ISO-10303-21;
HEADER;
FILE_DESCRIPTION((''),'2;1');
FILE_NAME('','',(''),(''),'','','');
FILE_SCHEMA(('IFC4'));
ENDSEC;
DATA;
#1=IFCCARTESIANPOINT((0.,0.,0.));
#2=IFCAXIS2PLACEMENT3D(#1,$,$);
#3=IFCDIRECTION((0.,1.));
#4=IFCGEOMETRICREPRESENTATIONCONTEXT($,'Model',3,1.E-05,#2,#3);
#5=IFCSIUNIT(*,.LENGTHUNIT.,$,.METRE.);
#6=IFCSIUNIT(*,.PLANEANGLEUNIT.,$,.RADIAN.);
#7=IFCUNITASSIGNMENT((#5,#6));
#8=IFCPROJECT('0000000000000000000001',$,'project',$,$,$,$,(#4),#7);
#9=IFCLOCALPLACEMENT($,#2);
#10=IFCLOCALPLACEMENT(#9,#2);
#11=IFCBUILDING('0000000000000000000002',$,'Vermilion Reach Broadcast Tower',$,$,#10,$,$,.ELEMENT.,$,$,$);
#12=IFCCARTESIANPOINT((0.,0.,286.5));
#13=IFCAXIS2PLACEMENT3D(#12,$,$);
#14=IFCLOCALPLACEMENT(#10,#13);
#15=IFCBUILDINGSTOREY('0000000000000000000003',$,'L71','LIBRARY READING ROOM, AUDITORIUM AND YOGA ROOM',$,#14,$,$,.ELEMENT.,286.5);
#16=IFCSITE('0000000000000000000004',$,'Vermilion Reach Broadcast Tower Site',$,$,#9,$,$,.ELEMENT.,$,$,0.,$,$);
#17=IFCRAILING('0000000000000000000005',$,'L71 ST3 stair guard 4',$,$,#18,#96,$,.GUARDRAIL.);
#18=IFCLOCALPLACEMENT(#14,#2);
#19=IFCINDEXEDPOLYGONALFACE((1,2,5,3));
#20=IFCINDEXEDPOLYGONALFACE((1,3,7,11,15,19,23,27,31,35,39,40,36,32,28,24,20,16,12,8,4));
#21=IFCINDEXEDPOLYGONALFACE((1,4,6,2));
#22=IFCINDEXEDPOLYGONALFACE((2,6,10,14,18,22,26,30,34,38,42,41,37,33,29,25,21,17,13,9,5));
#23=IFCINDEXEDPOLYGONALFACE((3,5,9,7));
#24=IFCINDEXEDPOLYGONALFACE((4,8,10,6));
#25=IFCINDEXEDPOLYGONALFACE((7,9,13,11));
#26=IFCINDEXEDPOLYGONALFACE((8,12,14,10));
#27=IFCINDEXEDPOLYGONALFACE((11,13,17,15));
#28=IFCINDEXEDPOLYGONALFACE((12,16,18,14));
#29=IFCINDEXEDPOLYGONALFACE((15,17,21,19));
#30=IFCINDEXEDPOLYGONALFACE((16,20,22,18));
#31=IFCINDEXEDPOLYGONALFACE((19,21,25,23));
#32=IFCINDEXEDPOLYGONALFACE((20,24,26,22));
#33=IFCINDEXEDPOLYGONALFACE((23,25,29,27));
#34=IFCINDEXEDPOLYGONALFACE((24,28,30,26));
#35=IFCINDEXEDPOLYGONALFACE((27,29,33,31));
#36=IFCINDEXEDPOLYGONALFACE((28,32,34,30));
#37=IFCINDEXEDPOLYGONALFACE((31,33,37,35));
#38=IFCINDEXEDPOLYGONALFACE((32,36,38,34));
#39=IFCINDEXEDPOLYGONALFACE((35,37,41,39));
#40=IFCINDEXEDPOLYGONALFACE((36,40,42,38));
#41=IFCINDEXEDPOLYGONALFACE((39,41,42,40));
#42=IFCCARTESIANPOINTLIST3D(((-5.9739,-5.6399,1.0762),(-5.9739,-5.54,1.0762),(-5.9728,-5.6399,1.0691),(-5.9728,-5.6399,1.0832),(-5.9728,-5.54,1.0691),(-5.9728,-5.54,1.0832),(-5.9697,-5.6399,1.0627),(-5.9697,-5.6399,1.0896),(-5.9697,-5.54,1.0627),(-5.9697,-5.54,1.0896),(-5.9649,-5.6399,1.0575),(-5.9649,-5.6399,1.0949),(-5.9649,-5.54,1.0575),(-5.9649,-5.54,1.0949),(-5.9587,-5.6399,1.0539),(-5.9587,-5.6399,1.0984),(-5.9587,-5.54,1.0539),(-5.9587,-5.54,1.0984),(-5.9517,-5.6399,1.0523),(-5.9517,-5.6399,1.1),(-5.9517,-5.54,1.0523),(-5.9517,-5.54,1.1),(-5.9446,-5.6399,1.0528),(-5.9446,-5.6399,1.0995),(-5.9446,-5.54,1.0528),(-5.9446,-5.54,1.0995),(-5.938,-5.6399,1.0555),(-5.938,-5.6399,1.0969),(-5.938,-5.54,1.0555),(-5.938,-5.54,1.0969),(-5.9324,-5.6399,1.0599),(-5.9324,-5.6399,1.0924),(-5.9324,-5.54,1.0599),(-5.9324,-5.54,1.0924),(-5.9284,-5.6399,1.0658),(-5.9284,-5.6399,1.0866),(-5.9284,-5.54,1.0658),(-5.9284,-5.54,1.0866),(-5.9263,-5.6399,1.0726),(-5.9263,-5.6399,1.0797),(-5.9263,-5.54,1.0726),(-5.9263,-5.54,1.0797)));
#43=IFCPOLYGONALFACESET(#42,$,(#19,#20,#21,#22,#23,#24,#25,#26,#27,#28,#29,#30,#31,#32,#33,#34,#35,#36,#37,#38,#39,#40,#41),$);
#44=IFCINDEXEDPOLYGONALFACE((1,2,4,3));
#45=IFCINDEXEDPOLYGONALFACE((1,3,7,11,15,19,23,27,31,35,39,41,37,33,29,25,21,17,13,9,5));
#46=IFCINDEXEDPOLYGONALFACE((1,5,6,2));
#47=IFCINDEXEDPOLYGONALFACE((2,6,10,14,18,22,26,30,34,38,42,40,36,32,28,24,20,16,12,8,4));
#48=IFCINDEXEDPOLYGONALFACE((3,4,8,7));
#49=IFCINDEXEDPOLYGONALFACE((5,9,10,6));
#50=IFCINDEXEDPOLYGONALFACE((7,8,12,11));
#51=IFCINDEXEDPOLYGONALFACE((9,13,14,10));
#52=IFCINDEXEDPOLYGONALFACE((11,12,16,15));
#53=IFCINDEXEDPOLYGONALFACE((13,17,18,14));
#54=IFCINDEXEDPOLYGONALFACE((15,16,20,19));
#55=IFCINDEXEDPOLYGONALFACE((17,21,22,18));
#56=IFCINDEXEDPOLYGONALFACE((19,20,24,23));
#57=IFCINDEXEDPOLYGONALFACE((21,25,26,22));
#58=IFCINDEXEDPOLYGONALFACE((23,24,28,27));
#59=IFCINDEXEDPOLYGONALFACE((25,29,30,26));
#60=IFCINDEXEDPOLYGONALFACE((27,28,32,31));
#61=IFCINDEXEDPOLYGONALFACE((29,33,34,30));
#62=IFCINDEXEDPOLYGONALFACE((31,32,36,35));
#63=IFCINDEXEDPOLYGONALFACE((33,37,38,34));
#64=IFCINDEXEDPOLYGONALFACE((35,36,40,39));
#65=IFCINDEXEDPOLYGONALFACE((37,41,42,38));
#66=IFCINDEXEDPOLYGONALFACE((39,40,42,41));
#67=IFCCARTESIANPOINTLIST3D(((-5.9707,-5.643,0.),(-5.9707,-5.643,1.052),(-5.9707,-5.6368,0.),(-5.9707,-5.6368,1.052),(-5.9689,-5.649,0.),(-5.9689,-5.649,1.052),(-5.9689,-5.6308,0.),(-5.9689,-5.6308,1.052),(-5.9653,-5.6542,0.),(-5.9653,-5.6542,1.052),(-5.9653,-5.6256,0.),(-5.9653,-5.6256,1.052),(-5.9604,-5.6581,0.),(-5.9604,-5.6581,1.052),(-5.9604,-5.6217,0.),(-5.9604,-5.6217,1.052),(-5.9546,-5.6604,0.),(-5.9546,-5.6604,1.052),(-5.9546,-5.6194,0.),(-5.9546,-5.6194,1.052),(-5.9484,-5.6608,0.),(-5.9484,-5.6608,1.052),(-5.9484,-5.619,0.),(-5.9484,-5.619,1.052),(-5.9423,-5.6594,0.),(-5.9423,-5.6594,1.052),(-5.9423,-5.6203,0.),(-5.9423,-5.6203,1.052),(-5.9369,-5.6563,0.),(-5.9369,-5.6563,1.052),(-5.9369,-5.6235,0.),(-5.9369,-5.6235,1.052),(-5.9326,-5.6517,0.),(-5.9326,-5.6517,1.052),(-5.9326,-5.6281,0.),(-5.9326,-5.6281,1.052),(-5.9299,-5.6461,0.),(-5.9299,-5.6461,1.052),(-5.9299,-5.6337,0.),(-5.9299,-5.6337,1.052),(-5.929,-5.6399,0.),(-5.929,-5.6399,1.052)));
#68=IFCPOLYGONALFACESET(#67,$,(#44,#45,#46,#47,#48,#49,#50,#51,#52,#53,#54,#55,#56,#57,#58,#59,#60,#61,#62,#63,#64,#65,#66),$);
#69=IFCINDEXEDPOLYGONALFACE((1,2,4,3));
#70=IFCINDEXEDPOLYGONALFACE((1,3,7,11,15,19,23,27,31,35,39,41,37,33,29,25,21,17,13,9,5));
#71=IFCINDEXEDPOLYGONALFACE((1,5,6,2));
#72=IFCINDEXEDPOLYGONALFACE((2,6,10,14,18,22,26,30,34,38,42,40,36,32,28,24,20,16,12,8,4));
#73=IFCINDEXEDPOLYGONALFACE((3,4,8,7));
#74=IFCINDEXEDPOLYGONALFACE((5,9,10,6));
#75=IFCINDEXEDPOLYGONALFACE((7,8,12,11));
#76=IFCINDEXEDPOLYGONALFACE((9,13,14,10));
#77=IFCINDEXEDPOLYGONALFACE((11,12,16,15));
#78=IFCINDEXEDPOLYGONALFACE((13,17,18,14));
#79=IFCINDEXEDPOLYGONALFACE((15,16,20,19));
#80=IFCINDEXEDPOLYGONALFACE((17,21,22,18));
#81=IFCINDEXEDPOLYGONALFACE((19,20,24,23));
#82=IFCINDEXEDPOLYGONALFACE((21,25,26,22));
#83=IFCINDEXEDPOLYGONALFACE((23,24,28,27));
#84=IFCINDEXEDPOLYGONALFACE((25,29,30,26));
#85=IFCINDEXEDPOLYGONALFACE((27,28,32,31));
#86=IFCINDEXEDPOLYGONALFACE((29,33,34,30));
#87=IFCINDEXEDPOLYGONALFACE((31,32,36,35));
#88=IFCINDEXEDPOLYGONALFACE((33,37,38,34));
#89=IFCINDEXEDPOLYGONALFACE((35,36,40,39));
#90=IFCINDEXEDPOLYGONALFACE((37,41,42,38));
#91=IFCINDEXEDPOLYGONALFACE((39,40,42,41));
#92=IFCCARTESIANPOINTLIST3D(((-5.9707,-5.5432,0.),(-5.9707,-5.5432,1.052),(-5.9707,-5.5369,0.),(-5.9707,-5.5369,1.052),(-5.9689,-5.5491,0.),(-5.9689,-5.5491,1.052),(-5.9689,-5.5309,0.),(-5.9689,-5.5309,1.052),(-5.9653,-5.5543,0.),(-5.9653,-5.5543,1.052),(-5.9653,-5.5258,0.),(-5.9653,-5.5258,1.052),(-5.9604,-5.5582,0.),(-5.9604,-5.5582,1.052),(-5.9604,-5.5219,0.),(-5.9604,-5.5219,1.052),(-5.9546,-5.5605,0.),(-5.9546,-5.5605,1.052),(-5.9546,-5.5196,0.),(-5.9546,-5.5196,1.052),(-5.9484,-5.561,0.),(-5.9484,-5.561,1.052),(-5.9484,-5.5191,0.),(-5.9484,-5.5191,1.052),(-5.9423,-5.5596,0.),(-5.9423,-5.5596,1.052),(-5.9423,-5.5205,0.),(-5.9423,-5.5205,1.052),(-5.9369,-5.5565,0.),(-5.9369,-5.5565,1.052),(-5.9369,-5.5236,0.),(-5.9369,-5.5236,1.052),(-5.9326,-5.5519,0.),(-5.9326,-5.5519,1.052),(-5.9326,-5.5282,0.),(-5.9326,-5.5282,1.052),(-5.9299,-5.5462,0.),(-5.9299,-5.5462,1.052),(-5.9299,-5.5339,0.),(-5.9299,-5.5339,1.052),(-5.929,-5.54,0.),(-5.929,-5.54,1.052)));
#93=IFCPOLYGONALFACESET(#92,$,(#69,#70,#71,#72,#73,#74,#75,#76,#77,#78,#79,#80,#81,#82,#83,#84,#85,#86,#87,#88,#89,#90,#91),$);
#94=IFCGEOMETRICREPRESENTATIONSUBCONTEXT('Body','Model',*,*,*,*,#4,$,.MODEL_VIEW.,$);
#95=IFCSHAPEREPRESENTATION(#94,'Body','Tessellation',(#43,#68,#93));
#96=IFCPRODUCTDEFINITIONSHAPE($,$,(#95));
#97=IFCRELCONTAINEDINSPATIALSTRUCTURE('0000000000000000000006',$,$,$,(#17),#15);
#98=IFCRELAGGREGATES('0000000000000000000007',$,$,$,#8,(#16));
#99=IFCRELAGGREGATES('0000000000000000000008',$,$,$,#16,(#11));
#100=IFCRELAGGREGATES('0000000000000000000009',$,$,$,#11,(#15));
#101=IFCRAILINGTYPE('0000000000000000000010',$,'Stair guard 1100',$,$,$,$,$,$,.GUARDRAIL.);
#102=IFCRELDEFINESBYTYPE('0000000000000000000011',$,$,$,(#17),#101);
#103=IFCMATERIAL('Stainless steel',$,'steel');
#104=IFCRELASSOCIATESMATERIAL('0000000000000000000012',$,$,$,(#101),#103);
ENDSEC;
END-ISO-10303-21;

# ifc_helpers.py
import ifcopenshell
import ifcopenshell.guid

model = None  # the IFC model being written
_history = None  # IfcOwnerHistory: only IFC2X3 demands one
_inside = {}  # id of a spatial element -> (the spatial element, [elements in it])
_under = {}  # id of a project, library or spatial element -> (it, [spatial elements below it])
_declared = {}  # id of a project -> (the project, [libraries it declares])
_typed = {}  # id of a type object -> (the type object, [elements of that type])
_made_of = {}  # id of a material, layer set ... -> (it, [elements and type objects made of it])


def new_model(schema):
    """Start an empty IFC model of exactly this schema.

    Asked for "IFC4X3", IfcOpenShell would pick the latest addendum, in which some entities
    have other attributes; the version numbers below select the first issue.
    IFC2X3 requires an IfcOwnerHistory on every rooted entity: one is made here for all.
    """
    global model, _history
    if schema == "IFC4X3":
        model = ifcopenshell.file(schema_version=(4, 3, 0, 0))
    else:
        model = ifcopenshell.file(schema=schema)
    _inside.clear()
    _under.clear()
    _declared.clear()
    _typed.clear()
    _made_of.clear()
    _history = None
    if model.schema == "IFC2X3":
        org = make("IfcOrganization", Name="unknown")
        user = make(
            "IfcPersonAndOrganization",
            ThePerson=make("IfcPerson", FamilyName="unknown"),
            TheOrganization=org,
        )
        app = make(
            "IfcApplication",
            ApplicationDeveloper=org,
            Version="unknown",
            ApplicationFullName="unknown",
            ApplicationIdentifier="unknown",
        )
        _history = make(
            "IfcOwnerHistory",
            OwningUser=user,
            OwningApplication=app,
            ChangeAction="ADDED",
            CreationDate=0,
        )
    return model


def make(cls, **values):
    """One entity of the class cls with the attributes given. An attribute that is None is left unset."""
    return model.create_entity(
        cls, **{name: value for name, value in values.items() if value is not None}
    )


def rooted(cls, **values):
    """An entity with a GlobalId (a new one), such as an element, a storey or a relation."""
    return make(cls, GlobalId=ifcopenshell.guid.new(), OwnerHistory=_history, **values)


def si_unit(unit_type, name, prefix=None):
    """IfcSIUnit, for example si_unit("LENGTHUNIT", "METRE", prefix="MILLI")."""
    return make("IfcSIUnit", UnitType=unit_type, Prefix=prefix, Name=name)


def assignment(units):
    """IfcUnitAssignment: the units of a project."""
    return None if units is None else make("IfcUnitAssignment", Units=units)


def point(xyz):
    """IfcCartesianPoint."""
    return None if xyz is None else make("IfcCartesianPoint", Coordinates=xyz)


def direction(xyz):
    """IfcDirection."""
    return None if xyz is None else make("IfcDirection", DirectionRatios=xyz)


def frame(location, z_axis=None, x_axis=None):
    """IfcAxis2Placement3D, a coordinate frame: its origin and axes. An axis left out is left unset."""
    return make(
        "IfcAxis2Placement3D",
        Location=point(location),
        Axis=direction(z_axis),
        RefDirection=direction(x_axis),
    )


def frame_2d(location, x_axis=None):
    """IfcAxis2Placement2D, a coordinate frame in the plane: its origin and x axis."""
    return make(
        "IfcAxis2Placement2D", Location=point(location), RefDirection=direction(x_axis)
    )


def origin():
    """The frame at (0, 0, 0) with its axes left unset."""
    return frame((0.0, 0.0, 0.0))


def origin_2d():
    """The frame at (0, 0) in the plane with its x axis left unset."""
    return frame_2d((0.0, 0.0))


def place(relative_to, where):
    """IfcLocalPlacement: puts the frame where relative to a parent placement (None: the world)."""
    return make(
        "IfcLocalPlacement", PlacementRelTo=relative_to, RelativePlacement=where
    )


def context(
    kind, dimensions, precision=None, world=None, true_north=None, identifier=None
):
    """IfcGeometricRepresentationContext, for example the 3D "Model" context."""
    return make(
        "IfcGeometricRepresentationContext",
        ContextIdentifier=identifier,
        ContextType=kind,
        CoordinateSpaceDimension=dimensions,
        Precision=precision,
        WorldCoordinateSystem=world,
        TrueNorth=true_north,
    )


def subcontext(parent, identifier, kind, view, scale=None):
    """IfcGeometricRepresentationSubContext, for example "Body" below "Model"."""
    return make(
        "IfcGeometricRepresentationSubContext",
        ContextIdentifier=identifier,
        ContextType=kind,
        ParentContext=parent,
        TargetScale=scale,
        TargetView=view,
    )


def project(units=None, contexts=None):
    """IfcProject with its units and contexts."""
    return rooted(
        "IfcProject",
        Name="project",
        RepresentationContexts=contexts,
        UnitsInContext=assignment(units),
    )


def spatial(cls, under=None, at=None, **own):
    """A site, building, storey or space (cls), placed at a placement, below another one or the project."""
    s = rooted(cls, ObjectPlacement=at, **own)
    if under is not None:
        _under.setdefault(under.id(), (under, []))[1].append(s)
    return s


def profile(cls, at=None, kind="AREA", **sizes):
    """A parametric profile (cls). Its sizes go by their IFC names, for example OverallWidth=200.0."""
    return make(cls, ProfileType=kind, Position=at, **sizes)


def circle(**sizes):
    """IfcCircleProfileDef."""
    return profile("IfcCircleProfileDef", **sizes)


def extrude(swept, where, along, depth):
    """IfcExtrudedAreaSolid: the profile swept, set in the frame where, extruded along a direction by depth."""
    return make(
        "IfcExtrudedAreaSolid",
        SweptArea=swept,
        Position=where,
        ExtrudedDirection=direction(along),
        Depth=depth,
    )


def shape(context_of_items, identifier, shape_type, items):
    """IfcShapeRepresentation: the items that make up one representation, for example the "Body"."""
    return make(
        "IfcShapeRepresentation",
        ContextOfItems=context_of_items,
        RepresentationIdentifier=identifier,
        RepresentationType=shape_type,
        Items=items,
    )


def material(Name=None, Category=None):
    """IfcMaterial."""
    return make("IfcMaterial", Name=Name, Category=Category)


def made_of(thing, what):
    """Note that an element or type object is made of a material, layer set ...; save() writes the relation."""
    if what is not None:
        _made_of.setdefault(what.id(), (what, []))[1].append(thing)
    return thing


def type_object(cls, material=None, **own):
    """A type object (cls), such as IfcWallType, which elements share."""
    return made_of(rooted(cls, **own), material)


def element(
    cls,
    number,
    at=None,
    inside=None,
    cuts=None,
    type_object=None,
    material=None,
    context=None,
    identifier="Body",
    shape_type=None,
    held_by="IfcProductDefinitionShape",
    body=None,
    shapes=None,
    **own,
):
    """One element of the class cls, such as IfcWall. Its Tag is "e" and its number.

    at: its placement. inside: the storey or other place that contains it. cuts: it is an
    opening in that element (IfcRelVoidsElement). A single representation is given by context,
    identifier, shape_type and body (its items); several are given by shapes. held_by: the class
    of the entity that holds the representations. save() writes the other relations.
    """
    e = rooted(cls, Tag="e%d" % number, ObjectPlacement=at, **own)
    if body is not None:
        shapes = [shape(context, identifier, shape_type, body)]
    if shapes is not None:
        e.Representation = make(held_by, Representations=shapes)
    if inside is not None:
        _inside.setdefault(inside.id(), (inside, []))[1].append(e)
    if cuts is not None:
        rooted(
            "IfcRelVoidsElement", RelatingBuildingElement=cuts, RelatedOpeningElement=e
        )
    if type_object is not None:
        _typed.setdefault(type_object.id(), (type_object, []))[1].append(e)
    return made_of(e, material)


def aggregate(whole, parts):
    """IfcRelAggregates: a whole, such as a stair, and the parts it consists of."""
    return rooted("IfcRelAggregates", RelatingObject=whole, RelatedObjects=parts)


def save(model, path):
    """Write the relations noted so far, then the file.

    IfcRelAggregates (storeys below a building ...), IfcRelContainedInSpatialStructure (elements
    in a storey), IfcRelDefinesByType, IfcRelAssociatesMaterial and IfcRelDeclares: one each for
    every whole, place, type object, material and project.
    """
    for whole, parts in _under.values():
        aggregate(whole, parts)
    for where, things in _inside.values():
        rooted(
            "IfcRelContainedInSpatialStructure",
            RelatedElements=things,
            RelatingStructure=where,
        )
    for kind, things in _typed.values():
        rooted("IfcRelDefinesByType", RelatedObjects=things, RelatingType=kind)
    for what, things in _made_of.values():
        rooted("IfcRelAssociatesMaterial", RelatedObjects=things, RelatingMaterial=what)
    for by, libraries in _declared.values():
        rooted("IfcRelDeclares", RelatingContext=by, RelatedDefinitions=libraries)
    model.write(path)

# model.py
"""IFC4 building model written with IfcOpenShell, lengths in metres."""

from ifc_helpers import new_model, si_unit, direction, frame, origin, origin_2d, place, context, subcontext, project, spatial, circle, extrude, material, type_object, element, save


model = new_model("IFC4")

# Units and contexts
model_context = context("Model", 3, precision=1e-05, world=origin(), true_north=direction((0.0, 1.0)))
body_context = subcontext(model_context, "Body", "Model", "MODEL_VIEW")
ifc_project = project(units=[si_unit("LENGTHUNIT", "METRE"), si_unit("PLANEANGLEUNIT", "RADIAN")], contexts=[model_context])

# Site, building, storey
site_placement = place(None, origin())
site = spatial("IfcSite", under=ifc_project, at=site_placement, Name="Vermilion Reach Broadcast Tower Site", CompositionType="ELEMENT", RefElevation=0.0)
building_placement = place(site_placement, origin())
building = spatial("IfcBuilding", under=site, at=building_placement, Name="Vermilion Reach Broadcast Tower", CompositionType="ELEMENT")
storey_placement = place(building_placement, frame((0.0, 0.0, 286.5)))
storey = spatial("IfcBuildingStorey", under=building, at=storey_placement, Name="L71", Description="LIBRARY READING ROOM, AUDITORIUM AND YOGA ROOM", CompositionType="ELEMENT", Elevation=286.5)

# Railing
ifc_material_1 = material(Name="Stainless steel", Category="steel")
railing_type_1 = type_object("IfcRailingType", Name="Stair guard 1100", PredefinedType="GUARDRAIL", material=ifc_material_1)
railing_1_placement = place(storey_placement, frame((-5.95, -5.6399, 0.0)))
element("IfcRailing", 1, at=railing_1_placement, inside=storey, type_object=railing_type_1, Name="L71 ST3 stair guard 4", PredefinedType="GUARDRAIL", context=body_context, shape_type="SweptSolid", body=[
    extrude(circle(Radius=0.0239, at=origin_2d()), frame((0.0, 0.0, 1.0762), z_axis=(0.0, 1.0, 0.0), x_axis=(-1.0, 0.0, 0.0)), (0.0, 0.0, 1.0), 0.0999),
    extrude(circle(Radius=0.021, at=origin_2d()), origin(), (0.0, 0.0, 1.0), 1.052),
    extrude(circle(Radius=0.021, at=origin_2d()), frame((0.0, 0.0999, 0.0)), (0.0, 0.0, 1.0), 1.052),
])

save(model, "model.ifc")
